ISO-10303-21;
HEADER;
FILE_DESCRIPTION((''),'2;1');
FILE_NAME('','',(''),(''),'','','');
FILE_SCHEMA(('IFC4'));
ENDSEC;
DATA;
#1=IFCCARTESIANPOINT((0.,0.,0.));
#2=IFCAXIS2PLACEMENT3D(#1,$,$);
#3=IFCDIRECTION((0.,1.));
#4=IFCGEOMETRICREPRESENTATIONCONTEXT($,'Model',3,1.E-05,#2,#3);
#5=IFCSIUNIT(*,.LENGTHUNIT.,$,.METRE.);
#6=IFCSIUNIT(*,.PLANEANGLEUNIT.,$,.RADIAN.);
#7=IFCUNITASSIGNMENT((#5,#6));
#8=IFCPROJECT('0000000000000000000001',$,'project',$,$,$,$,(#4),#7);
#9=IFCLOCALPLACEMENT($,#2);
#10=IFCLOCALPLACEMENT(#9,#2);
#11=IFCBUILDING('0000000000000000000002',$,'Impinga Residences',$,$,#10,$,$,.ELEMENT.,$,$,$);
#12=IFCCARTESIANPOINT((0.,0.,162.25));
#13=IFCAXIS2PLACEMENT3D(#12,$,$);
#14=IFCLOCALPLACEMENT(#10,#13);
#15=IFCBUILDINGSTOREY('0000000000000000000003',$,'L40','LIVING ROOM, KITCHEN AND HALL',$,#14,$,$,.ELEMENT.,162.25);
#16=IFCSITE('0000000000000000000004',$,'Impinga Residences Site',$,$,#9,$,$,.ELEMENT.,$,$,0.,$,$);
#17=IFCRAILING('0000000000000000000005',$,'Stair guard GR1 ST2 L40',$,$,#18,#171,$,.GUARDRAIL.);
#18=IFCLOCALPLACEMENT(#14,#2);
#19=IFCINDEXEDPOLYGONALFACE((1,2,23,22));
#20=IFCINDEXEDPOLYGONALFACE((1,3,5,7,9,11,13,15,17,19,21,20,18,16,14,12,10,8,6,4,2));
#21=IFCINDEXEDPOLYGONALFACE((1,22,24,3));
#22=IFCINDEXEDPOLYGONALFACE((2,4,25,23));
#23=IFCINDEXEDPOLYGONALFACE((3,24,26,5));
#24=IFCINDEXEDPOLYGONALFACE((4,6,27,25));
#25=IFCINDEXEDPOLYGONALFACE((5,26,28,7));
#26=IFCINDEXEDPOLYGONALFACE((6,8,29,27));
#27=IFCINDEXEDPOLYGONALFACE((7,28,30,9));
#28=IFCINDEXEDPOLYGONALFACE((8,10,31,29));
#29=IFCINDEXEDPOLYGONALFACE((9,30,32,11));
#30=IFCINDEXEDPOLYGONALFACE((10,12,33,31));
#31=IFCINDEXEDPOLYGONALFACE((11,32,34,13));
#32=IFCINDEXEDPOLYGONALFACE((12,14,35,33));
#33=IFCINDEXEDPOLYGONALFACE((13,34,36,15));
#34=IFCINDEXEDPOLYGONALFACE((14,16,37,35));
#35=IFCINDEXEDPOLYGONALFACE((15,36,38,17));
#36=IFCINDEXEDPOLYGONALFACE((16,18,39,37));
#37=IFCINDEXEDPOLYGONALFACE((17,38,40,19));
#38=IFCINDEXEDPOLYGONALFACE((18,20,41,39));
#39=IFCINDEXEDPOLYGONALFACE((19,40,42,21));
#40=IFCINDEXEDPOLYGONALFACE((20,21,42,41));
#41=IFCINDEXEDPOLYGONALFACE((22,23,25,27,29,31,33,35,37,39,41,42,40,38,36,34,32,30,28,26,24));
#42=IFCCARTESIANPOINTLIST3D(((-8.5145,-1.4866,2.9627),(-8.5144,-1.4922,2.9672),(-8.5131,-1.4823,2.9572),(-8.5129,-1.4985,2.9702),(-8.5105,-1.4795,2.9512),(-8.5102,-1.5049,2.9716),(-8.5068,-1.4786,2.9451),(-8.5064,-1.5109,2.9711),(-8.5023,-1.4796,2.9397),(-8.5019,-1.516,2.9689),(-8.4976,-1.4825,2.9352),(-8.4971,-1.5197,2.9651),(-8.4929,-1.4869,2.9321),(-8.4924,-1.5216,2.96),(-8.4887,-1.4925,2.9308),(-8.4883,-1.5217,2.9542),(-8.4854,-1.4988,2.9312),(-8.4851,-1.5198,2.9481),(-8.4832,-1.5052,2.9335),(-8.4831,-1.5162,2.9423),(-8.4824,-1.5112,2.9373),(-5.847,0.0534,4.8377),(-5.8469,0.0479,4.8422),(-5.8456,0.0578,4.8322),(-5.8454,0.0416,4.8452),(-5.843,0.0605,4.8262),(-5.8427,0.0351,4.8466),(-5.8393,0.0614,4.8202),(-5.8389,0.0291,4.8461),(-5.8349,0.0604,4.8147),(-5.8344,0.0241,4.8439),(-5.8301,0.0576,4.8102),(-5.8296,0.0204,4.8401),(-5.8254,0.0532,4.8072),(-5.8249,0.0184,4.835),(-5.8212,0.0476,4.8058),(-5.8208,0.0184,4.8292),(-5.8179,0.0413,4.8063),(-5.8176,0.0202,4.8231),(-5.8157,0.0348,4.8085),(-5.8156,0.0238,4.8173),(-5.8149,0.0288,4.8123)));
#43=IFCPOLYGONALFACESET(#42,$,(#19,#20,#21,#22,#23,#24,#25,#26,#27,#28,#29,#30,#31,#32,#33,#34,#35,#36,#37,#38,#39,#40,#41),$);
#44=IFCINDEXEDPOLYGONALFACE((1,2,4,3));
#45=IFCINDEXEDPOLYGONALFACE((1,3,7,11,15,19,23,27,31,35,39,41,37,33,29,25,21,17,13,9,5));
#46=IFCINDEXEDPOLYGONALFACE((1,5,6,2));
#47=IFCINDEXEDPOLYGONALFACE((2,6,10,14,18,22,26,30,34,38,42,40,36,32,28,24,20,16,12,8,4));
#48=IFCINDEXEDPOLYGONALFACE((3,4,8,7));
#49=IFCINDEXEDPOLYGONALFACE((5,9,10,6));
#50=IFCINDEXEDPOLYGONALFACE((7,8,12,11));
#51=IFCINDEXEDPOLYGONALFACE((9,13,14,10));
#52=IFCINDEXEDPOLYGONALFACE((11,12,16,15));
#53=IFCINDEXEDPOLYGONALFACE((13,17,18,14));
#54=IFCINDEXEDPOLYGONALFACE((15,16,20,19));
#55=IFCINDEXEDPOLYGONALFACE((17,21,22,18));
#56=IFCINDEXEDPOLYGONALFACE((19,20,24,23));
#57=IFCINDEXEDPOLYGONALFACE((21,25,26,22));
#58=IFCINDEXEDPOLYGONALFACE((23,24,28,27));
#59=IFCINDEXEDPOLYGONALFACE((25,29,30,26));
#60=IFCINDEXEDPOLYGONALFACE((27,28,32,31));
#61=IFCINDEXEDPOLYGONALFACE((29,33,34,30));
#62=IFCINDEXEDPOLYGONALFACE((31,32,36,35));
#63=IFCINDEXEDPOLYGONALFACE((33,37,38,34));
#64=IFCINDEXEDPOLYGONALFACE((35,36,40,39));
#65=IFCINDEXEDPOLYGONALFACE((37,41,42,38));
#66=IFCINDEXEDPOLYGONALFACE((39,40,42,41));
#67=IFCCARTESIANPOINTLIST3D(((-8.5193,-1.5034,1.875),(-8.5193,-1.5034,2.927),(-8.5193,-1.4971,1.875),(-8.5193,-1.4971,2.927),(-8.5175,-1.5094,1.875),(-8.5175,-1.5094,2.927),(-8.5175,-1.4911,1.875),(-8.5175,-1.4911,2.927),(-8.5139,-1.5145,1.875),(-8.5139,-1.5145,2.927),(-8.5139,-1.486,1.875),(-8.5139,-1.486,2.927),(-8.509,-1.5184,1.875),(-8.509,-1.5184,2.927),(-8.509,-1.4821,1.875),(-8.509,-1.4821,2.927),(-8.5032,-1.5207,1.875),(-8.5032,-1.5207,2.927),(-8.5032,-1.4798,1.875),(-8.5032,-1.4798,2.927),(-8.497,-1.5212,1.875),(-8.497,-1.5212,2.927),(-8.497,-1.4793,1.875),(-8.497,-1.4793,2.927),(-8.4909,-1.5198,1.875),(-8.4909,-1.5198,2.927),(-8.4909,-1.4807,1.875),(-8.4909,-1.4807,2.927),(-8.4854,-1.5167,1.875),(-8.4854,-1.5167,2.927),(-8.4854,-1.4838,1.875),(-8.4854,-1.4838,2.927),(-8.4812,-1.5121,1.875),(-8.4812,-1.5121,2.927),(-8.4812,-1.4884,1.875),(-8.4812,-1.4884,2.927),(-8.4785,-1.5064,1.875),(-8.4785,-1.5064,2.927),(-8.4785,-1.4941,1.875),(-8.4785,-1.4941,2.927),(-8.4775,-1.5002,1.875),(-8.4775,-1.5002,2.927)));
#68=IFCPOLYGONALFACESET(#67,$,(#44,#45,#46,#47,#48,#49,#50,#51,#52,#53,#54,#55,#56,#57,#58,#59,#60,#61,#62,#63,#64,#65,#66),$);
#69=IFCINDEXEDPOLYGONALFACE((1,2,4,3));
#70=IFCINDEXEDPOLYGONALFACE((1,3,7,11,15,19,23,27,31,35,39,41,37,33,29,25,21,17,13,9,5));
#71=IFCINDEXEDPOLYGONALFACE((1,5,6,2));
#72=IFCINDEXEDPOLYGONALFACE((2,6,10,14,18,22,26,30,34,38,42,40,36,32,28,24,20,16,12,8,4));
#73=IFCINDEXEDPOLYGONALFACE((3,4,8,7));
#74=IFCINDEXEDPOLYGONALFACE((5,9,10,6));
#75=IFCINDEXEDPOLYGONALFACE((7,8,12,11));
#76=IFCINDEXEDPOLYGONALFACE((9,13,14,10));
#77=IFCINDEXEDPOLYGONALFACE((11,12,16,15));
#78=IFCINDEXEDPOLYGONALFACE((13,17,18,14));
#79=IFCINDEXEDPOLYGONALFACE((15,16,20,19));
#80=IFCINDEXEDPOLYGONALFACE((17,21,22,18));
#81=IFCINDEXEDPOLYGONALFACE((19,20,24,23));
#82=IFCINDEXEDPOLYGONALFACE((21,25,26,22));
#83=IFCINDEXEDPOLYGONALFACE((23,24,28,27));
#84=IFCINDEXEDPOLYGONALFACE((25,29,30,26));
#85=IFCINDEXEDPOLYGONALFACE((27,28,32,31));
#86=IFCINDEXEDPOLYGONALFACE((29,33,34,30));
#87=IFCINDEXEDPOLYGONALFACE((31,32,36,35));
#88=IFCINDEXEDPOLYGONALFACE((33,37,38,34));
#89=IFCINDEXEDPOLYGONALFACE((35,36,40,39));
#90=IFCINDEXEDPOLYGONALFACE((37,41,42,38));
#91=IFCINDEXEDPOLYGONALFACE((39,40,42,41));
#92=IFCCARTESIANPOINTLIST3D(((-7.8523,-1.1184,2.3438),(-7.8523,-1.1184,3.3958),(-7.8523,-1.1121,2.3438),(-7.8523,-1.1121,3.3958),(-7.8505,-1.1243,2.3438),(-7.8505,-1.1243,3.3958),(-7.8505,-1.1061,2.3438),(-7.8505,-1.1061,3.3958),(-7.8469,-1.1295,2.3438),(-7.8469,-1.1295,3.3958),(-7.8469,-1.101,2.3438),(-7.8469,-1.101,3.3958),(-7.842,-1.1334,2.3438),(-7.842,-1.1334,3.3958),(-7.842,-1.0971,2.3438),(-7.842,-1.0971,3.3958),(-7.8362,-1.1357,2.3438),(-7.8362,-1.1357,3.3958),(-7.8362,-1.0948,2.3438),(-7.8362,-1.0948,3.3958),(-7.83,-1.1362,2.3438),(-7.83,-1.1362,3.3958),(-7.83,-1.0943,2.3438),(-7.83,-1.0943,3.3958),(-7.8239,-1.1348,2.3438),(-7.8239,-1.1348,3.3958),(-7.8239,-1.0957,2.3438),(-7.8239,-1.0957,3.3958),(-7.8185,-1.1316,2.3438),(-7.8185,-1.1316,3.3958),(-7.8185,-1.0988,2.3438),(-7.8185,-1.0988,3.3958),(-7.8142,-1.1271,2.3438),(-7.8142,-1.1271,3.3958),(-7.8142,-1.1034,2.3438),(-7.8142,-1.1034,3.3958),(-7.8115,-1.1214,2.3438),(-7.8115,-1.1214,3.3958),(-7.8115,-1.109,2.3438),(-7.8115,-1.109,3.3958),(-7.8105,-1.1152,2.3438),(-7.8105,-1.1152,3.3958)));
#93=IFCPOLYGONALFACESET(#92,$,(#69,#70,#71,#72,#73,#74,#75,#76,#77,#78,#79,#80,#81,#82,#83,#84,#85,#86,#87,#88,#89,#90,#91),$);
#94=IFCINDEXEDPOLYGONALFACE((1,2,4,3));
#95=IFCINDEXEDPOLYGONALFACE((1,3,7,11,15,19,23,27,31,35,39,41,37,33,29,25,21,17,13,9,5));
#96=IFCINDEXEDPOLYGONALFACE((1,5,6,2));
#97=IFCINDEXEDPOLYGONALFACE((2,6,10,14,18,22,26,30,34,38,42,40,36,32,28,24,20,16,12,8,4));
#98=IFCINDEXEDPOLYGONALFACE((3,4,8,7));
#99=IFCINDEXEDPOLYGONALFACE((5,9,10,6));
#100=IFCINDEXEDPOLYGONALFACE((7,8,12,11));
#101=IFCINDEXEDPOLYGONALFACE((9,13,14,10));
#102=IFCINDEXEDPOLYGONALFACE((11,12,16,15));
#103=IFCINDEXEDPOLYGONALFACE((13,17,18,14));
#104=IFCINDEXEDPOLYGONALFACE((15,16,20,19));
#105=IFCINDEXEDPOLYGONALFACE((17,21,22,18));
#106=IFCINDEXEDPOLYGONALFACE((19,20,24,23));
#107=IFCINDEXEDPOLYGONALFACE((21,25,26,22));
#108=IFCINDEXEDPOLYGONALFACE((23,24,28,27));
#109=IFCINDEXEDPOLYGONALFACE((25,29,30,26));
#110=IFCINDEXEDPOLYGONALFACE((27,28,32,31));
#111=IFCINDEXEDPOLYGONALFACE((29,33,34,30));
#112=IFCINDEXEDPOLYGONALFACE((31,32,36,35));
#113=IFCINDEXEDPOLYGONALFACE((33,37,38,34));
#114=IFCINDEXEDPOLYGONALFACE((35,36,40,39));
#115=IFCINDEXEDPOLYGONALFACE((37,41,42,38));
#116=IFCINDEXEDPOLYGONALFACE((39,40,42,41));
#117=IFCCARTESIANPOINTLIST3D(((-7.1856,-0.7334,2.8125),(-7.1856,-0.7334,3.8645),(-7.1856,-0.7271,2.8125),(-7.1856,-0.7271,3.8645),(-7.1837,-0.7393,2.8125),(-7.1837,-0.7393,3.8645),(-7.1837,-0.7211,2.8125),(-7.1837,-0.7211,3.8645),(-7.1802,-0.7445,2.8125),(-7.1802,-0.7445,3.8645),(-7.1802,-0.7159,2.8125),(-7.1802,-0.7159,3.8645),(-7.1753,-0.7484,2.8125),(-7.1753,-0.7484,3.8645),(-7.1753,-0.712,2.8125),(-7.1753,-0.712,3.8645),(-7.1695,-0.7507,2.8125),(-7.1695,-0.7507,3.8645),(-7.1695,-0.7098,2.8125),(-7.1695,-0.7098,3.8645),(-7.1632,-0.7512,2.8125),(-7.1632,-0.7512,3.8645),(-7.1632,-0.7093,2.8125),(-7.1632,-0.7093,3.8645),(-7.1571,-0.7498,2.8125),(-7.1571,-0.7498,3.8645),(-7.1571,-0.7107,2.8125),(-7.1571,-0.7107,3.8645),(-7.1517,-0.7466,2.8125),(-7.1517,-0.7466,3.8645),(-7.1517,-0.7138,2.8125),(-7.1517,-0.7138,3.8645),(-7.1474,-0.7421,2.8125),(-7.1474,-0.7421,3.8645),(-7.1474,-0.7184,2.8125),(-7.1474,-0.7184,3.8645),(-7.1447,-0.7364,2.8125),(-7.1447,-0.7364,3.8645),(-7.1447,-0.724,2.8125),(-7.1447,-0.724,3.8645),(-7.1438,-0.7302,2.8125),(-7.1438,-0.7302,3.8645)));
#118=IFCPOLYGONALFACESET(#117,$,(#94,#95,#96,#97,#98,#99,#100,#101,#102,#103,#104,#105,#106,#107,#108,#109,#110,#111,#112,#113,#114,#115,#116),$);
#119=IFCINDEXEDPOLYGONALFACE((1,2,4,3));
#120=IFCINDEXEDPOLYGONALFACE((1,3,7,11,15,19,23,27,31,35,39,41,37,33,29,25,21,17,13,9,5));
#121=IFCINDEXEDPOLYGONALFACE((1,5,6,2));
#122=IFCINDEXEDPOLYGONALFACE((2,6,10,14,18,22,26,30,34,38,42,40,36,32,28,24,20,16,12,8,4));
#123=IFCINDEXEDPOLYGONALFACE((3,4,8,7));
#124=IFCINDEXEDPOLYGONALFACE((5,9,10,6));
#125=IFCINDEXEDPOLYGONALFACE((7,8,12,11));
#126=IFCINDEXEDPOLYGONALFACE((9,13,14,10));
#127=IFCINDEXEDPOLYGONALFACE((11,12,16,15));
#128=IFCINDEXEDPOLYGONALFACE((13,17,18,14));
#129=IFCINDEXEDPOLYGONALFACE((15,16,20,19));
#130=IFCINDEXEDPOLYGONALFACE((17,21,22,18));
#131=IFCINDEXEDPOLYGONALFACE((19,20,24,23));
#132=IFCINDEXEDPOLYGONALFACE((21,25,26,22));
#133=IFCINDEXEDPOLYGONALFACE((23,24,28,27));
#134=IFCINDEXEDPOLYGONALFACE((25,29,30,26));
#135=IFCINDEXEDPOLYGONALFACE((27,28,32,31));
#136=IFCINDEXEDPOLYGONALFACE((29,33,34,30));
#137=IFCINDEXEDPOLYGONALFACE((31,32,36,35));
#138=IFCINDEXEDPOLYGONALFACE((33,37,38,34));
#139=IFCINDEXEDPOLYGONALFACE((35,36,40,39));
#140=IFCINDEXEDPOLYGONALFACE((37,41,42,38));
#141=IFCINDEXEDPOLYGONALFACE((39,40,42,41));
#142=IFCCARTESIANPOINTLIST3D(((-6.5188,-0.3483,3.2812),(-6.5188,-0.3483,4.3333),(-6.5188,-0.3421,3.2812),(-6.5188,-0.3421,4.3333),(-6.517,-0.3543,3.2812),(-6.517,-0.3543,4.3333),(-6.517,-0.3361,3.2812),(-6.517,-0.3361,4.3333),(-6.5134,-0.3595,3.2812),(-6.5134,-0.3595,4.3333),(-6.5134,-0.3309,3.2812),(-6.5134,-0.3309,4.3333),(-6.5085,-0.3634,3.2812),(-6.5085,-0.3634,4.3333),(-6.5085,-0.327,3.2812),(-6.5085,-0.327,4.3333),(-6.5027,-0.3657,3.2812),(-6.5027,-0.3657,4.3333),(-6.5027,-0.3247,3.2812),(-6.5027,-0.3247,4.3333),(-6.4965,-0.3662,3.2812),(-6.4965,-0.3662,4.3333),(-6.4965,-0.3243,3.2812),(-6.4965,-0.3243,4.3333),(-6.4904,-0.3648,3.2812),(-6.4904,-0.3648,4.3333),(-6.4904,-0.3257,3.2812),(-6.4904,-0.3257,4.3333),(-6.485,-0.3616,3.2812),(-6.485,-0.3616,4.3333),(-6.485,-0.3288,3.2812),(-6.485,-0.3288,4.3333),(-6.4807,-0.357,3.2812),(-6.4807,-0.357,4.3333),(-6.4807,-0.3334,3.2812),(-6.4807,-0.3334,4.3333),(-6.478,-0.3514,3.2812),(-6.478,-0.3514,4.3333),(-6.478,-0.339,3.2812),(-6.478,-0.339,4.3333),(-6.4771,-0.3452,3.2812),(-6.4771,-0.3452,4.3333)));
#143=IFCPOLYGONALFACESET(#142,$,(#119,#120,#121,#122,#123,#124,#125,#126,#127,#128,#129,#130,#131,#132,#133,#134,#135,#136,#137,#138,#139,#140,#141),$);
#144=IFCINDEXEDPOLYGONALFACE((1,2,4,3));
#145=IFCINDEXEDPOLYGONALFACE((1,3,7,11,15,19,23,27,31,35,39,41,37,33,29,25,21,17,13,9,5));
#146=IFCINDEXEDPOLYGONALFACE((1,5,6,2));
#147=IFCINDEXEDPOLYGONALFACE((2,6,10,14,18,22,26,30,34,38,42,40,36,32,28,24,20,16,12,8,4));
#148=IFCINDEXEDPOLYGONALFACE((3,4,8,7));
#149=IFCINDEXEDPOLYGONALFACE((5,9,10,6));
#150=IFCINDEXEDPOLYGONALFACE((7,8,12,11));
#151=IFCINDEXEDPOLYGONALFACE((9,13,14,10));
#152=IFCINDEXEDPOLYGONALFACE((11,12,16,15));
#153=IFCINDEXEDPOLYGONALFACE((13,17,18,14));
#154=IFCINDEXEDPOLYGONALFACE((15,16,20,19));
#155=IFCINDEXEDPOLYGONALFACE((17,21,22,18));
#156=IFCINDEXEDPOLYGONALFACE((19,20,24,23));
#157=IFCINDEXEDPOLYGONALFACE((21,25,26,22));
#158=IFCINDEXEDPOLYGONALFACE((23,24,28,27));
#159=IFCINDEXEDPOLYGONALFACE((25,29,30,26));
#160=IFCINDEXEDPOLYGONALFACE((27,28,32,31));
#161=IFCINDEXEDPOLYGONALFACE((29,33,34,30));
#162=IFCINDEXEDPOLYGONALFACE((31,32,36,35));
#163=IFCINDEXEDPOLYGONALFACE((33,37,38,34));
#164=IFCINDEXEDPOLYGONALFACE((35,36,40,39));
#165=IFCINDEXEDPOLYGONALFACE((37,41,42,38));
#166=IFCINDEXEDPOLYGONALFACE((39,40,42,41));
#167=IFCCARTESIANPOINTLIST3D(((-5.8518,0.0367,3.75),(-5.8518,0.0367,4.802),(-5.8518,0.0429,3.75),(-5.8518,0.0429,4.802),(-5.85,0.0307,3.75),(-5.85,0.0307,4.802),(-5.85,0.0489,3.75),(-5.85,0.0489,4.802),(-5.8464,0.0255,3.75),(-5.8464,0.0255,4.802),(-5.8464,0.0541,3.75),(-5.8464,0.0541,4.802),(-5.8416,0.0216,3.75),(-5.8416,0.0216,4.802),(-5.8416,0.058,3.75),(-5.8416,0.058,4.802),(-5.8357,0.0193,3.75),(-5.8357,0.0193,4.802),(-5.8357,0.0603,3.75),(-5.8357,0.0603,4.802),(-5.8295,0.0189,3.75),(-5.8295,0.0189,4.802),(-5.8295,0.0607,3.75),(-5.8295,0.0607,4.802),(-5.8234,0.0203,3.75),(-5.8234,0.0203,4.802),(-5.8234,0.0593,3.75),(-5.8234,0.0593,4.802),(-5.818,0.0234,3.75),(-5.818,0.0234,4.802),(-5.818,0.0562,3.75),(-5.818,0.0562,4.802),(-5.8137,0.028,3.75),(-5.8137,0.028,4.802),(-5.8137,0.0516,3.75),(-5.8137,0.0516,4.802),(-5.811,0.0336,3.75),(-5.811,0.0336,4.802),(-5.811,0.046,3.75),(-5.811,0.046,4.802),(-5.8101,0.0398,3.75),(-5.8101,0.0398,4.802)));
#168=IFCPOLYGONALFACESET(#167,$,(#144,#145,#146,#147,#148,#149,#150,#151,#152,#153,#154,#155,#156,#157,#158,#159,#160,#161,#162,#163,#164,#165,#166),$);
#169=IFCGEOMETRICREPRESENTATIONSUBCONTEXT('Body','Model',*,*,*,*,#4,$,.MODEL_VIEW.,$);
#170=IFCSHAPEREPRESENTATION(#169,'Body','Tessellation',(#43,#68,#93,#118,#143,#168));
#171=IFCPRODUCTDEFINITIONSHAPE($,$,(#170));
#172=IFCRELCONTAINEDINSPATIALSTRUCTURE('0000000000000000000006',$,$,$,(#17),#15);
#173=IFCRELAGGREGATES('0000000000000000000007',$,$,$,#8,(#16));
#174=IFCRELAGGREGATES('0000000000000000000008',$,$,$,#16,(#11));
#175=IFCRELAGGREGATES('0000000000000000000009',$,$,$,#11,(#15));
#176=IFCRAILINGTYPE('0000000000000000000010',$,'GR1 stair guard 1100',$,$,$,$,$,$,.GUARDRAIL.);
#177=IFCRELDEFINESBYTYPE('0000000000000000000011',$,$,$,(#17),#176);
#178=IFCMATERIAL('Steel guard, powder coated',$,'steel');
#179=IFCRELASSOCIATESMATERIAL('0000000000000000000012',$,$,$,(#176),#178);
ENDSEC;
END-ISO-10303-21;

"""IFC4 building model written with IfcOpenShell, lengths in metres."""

from ifc_helpers import new_model, si_unit, direction, frame, origin, origin_2d, place, context, subcontext, project, spatial, circle, extrude, material, type_object, element, save


model = new_model("IFC4")

# Units and contexts
model_context = context("Model", 3, precision=1e-05, world=origin(), true_north=direction((0.0, 1.0)))
body_context = subcontext(model_context, "Body", "Model", "MODEL_VIEW")
ifc_project = project(units=[si_unit("LENGTHUNIT", "METRE"), si_unit("PLANEANGLEUNIT", "RADIAN")], contexts=[model_context])

# Site, building, storey
site_placement = place(None, origin())
site = spatial("IfcSite", under=ifc_project, at=site_placement, Name="Impinga Residences Site", CompositionType="ELEMENT", RefElevation=0.0)
building_placement = place(site_placement, origin())
building = spatial("IfcBuilding", under=site, at=building_placement, Name="Impinga Residences", CompositionType="ELEMENT")
storey_placement = place(building_placement, frame((0.0, 0.0, 162.25)))
storey = spatial("IfcBuildingStorey", under=building, at=storey_placement, Name="L40", Description="LIVING ROOM, KITCHEN AND HALL", CompositionType="ELEMENT", Elevation=162.25)

# Railing
ifc_material_1 = material(Name="Steel guard, powder coated", Category="steel")
railing_type_1 = type_object("IfcRailingType", Name="GR1 stair guard 1100", PredefinedType="GUARDRAIL", material=ifc_material_1)
railing_1_placement = place(storey_placement, frame((-8.4985, -1.5002, 1.875)))
element("IfcRailing", 1, at=railing_1_placement, inside=storey, type_object=railing_type_1, Name="Stair guard GR1 ST2 L40", PredefinedType="GUARDRAIL", context=body_context, shape_type="SweptSolid", body=[
    extrude(circle(Radius=0.0239, at=origin_2d()), frame((0.0, 0.0, 1.0762), z_axis=(0.739746, 0.427084, 0.519975), x_axis=(-0.499992, 0.86603, 0.0)), (0.0, 0.0, 1.0), 3.606),
    extrude(circle(Radius=0.021, at=origin_2d()), origin(), (0.0, 0.0, 1.0), 1.052),
    extrude(circle(Radius=0.021, at=origin_2d()), frame((0.667, 0.385, 0.4688)), (0.0, 0.0, 1.0), 1.052),
    extrude(circle(Radius=0.021, at=origin_2d()), frame((1.3337, 0.77, 0.9375)), (0.0, 0.0, 1.0), 1.052),
    extrude(circle(Radius=0.021, at=origin_2d()), frame((2.0005, 1.155, 1.4062)), (0.0, 0.0, 1.0), 1.052),
    extrude(circle(Radius=0.021, at=origin_2d()), frame((2.6675, 1.54, 1.875)), (0.0, 0.0, 1.0), 1.052),
])

save(model, "model.ifc")
